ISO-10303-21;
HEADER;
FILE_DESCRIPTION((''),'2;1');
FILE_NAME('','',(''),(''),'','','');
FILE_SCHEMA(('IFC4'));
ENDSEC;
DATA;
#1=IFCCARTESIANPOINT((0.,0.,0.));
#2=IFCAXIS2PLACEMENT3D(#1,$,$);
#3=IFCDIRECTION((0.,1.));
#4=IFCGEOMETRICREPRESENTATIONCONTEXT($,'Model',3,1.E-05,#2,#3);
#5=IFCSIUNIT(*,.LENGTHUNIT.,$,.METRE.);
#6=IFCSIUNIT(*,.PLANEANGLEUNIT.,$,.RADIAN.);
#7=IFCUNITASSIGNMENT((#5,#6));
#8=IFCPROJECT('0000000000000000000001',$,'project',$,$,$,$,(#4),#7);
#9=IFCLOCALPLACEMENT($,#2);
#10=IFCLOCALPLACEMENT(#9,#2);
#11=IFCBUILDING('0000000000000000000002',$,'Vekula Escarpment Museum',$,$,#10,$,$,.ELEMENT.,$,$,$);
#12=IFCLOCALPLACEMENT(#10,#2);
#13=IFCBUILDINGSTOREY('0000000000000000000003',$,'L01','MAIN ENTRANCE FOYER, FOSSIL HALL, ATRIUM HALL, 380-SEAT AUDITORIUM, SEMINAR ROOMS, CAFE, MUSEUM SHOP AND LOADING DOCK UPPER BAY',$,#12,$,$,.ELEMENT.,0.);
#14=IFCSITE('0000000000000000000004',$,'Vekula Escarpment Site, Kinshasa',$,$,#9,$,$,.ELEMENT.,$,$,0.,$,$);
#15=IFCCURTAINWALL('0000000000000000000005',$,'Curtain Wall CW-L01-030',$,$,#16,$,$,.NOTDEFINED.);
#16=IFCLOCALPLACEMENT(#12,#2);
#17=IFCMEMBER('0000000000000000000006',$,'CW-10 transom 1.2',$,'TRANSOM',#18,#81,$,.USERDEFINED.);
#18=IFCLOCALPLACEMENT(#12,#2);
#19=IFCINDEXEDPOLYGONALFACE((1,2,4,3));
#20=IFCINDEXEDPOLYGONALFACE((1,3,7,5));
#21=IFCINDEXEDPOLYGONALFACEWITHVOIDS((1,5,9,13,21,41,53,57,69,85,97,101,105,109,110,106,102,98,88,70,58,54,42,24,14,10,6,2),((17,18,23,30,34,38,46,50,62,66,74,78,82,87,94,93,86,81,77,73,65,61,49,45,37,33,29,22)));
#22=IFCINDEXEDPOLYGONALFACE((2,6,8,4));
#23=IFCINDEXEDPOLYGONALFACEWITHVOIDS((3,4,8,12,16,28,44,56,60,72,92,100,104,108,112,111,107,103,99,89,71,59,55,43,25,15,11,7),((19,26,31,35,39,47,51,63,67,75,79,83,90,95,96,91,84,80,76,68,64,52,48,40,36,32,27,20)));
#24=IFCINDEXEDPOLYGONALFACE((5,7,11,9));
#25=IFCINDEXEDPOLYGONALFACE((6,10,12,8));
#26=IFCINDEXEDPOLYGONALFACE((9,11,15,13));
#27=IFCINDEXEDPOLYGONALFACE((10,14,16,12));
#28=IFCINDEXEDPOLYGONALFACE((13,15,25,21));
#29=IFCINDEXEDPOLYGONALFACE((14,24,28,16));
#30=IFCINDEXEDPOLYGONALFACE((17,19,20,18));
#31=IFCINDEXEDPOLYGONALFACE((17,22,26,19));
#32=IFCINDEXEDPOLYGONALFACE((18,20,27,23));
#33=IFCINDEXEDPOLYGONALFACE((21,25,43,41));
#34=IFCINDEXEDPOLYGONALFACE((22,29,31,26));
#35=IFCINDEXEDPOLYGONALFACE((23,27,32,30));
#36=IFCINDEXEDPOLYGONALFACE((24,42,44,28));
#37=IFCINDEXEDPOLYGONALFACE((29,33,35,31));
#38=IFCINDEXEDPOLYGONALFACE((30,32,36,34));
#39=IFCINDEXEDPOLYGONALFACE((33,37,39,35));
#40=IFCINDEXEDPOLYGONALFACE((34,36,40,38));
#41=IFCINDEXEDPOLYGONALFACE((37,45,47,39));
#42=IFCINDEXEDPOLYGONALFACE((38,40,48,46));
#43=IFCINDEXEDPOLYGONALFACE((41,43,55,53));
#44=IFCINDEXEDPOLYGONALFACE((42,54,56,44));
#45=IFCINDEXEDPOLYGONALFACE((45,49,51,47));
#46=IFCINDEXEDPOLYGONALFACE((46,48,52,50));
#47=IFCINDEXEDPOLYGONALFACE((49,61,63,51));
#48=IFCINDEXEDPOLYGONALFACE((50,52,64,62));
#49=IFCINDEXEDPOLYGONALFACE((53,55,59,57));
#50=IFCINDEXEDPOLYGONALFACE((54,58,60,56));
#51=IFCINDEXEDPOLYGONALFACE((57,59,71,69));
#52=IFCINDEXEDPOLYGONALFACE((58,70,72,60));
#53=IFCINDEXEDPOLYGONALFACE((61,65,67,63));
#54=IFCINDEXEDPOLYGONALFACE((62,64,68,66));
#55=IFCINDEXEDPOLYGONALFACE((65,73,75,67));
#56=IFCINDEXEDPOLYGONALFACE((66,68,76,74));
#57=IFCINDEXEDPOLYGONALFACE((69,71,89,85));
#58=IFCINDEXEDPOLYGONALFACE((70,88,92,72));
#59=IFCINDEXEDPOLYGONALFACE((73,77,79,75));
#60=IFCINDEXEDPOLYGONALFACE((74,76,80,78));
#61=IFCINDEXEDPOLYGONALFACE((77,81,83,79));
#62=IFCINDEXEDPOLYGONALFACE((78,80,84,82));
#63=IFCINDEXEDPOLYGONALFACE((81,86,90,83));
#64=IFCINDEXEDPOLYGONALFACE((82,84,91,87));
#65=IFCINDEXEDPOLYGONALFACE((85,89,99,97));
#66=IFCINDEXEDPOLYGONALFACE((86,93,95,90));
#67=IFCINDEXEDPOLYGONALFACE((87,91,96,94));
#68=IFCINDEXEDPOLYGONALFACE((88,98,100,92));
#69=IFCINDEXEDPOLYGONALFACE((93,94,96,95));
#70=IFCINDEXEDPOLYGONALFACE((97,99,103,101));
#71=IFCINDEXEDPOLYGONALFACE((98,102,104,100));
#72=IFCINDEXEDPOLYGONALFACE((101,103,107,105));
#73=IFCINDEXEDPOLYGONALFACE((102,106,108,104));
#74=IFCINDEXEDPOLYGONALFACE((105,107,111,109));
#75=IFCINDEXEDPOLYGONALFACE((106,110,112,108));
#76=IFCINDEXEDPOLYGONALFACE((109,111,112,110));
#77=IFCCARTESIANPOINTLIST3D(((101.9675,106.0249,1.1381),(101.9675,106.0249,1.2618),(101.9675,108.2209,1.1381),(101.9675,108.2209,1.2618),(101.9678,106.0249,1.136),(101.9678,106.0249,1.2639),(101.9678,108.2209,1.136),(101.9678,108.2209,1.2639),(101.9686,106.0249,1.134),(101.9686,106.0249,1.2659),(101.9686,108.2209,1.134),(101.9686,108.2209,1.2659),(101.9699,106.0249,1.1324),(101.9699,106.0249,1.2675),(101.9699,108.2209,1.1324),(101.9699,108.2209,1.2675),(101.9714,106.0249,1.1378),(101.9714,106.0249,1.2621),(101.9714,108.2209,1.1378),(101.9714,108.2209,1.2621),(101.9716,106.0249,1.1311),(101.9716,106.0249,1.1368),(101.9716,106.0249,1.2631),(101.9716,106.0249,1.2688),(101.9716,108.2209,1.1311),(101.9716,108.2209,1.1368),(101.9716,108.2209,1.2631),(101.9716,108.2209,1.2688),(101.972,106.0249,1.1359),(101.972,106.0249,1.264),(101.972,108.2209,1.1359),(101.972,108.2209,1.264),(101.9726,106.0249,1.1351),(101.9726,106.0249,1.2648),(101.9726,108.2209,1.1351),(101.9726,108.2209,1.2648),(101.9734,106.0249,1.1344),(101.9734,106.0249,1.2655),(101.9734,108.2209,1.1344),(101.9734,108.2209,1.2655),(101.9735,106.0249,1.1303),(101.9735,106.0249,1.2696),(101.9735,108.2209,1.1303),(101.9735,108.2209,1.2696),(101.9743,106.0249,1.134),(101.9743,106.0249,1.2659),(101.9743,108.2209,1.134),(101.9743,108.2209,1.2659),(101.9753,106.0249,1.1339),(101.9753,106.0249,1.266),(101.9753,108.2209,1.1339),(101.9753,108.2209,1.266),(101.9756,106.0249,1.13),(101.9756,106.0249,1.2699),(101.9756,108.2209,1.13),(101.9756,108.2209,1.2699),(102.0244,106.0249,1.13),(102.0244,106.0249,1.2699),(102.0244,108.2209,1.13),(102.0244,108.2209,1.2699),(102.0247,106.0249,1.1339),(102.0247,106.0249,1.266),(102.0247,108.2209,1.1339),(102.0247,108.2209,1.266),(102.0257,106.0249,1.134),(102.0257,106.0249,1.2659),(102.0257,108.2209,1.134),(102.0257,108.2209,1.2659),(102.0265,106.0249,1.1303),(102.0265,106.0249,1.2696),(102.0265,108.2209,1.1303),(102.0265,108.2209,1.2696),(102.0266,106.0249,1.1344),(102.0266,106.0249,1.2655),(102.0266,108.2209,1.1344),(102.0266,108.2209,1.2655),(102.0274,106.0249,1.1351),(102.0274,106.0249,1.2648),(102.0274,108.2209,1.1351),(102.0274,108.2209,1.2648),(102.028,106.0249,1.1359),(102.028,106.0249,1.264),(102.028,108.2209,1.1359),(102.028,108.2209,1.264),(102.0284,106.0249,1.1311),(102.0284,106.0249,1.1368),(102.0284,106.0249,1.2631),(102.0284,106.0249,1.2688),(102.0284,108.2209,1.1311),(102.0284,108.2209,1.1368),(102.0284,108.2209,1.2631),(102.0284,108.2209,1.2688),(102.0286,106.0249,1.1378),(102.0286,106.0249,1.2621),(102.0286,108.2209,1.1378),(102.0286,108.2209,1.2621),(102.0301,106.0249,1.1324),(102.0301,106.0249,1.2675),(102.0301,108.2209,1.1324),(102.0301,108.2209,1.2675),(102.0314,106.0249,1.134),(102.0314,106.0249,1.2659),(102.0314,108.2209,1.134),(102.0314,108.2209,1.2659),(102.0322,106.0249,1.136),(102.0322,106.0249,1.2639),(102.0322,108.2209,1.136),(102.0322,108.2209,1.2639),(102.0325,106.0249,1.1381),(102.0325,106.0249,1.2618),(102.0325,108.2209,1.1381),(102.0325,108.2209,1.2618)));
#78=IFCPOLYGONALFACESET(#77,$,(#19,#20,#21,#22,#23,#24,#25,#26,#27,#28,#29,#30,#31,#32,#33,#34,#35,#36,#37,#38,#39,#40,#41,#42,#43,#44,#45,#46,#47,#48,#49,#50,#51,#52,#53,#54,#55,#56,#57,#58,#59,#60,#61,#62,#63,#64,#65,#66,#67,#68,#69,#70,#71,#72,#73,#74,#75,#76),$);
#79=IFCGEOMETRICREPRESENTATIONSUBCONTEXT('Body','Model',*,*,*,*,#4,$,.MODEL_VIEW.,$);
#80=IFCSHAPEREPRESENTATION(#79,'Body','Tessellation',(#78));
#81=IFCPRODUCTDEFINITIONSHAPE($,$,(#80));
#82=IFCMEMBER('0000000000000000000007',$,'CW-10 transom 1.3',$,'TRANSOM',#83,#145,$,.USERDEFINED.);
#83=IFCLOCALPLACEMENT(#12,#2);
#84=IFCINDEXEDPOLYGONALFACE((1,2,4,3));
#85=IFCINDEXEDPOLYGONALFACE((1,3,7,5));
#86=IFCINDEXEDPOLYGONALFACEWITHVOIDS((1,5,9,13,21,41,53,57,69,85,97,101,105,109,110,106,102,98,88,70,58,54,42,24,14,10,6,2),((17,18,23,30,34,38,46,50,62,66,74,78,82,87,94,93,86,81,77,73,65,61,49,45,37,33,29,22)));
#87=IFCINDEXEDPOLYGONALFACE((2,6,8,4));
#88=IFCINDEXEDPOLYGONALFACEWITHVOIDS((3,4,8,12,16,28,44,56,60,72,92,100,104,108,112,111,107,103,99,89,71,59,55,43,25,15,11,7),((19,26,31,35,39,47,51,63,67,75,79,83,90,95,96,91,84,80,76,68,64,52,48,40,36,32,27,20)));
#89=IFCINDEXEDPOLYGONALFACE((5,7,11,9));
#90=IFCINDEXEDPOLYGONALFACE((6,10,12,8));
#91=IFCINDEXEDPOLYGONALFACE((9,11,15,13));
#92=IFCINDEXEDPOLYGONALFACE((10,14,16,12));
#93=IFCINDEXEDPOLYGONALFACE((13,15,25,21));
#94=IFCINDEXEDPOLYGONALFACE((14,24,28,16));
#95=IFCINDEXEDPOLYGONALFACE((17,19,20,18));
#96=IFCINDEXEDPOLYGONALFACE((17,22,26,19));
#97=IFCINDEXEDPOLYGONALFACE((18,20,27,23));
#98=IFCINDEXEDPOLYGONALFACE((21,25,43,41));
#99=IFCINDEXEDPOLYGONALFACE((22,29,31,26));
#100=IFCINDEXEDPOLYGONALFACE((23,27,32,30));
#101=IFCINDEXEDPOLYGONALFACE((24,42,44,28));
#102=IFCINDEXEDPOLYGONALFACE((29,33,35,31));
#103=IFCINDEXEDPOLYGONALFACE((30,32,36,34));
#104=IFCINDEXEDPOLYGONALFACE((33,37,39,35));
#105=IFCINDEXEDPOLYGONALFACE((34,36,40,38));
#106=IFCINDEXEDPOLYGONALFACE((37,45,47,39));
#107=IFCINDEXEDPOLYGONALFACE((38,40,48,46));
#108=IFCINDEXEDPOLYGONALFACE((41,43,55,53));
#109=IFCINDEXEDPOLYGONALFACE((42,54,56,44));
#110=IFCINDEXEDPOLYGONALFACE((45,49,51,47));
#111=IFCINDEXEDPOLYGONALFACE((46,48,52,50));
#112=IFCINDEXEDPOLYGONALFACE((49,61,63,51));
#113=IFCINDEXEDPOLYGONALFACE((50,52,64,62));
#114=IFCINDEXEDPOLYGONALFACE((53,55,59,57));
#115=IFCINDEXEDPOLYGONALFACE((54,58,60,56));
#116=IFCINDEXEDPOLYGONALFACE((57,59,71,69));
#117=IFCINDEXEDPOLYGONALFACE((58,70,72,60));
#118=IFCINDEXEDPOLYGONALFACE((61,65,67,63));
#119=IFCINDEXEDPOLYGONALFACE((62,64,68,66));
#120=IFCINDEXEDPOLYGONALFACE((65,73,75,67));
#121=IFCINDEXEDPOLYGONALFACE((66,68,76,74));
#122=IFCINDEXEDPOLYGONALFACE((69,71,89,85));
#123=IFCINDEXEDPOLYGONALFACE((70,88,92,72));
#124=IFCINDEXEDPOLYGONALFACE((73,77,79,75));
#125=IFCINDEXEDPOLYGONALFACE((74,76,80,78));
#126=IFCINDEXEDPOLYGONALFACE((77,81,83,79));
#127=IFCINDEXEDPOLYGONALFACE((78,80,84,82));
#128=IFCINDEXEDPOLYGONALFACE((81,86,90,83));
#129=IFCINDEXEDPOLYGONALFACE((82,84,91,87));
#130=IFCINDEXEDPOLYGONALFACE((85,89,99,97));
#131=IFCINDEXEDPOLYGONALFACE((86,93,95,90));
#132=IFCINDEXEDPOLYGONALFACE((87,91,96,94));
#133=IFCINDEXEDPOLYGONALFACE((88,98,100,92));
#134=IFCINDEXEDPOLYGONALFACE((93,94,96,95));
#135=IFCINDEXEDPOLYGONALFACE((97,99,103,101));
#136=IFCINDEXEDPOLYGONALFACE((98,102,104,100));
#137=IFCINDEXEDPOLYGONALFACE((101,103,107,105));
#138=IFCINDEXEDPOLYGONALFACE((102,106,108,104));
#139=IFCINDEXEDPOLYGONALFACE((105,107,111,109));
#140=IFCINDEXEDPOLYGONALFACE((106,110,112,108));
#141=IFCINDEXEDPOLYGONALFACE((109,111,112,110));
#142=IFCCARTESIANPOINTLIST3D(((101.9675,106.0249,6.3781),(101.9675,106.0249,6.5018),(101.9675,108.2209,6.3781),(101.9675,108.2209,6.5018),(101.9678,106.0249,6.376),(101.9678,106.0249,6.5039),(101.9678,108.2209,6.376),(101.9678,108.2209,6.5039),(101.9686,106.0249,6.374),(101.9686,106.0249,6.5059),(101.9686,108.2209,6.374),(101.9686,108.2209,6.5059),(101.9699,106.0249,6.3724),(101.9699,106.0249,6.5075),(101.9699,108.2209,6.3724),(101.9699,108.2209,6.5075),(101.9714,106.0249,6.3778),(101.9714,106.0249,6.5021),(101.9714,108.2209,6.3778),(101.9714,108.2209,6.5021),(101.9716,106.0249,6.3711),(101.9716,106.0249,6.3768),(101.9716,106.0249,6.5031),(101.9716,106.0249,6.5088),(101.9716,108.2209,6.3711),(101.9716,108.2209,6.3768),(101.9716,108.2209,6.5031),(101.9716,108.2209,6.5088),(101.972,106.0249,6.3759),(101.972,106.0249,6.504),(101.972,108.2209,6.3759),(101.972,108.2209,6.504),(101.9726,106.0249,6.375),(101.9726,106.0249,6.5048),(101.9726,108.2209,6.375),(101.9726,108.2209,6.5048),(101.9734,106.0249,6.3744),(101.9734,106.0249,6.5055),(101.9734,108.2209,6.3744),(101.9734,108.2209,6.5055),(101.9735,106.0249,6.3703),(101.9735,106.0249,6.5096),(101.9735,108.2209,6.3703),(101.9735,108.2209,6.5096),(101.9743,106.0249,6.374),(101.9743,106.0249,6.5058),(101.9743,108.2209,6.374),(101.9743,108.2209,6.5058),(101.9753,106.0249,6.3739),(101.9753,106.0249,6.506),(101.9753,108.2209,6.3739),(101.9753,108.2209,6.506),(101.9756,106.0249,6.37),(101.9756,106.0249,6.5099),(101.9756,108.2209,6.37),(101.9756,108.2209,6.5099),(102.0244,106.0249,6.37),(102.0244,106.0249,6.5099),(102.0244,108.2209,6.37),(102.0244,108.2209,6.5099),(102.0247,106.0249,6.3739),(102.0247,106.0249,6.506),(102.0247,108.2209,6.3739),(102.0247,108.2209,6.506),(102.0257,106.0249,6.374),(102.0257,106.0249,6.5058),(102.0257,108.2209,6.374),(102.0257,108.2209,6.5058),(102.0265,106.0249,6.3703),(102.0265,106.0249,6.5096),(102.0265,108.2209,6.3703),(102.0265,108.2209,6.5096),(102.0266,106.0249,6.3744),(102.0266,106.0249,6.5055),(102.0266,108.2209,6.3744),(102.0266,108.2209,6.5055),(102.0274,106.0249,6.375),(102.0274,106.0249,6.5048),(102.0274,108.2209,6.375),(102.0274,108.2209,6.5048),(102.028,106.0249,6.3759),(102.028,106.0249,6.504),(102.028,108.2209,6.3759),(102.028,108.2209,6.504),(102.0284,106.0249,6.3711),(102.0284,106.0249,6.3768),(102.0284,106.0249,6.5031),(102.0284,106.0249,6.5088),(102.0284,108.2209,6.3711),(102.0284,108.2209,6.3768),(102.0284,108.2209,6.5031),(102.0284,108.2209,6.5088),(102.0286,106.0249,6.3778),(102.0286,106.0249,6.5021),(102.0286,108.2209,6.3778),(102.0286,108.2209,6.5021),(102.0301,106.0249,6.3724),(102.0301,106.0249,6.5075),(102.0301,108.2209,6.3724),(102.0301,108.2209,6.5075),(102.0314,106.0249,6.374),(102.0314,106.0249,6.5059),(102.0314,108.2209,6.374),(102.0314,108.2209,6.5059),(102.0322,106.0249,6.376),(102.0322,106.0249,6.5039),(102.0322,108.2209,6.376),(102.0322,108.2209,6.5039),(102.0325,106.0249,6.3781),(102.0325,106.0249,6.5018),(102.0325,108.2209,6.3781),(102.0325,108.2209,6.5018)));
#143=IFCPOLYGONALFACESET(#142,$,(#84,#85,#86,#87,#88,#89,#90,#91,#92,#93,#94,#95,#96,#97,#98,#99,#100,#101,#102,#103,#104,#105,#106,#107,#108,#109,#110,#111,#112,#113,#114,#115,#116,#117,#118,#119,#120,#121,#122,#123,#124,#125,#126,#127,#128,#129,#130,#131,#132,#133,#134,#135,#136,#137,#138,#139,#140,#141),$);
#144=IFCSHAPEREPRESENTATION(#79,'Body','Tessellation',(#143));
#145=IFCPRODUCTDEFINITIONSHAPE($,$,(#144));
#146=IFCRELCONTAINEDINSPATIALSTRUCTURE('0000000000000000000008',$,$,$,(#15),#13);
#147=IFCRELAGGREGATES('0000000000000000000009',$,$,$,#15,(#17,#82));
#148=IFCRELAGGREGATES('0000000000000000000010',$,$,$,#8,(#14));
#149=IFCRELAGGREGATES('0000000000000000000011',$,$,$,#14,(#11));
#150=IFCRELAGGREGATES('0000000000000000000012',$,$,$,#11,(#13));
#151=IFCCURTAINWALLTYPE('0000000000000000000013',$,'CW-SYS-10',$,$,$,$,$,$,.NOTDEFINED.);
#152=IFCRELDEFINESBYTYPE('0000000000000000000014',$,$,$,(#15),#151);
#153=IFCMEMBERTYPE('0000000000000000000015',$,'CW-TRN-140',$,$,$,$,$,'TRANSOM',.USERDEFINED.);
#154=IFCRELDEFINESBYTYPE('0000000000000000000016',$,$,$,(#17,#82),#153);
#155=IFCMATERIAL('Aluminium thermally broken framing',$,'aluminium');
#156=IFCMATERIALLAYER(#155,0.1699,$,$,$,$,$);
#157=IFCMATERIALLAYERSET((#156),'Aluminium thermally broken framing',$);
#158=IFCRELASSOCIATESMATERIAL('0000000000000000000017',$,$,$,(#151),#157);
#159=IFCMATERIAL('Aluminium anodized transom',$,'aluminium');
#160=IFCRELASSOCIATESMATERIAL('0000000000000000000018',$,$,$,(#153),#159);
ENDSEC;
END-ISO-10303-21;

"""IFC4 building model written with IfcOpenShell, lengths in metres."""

from ifc_helpers import new_model, si_unit, direction, frame, origin, origin_2d, place, context, subcontext, project, spatial, hollow_rectangle, extrude, material, layer, layer_set, material_profile, profile_set, type_object, element, aggregate, save


model = new_model("IFC4")

# Units and contexts
model_context = context("Model", 3, precision=1e-05, world=origin(), true_north=direction((0.0, 1.0)))
body_context = subcontext(model_context, "Body", "Model", "MODEL_VIEW")
ifc_project = project(units=[si_unit("LENGTHUNIT", "METRE"), si_unit("PLANEANGLEUNIT", "RADIAN")], contexts=[model_context])

# Site, building, storey
site_placement = place(None, origin())
site = spatial("IfcSite", under=ifc_project, at=site_placement, Name="Vekula Escarpment Site, Kinshasa", CompositionType="ELEMENT", RefElevation=0.0)
building_placement = place(site_placement, origin())
building = spatial("IfcBuilding", under=site, at=building_placement, Name="Vekula Escarpment Museum", CompositionType="ELEMENT")
storey_placement = place(building_placement, origin())
storey = spatial("IfcBuildingStorey", under=building, at=storey_placement, Name="L01", Description="MAIN ENTRANCE FOYER, FOSSIL HALL, ATRIUM HALL, 380-SEAT AUDITORIUM, SEMINAR ROOMS, CAFE, MUSEUM SHOP AND LOADING DOCK UPPER BAY", CompositionType="ELEMENT", Elevation=0.0)

# Curtain wall
ifc_material_1 = material(Name="Aluminium thermally broken framing", Category="aluminium")
ifc_layer_1 = layer(ifc_material_1, 0.1699)
ifc_layer_set_1 = layer_set([ifc_layer_1], Name="Aluminium thermally broken framing")
curtain_wall_type_1 = type_object("IfcCurtainWallType", Name="CW-SYS-10", PredefinedType="NOTDEFINED", material=ifc_layer_set_1)
curtain_wall_1_placement = place(storey_placement, origin())
curtain_wall_1 = element("IfcCurtainWall", 1, at=curtain_wall_1_placement, inside=storey, type_object=curtain_wall_type_1, Name="Curtain Wall CW-L01-030", PredefinedType="NOTDEFINED")

# Members
ifc_material_2 = material(Name="Aluminium anodized transom", Category="aluminium")
ifc_material_profile_1 = material_profile(ifc_material_2, hollow_rectangle(XDim=0.0649, YDim=0.1399, WallThickness=0.0039, InnerFilletRadius=0.0039, OuterFilletRadius=0.0081, at=origin_2d()), Name="ALU 140x65x4")
ifc_profile_set_1 = profile_set([ifc_material_profile_1], Name="Aluminium anodized transom")
member_type_1 = type_object("IfcMemberType", Name="CW-TRN-140", ElementType="TRANSOM", PredefinedType="USERDEFINED", material=ifc_profile_set_1)
member_1_placement = place(storey_placement, frame((102.0, 106.0249, 1.2), z_axis=(0.0, 1.0, 0.0), x_axis=(-1.0, 0.0, 0.0)))
member_1 = element("IfcMember", 2, at=member_1_placement, type_object=member_type_1, Name="CW-10 transom 1.2", ObjectType="TRANSOM", PredefinedType="USERDEFINED", context=body_context, shape_type="SweptSolid", body=[
    extrude(hollow_rectangle(XDim=0.0649, YDim=0.1399, WallThickness=0.0039, InnerFilletRadius=0.0039, OuterFilletRadius=0.0081, at=origin_2d()), origin(), (0.0, 0.0, 1.0), 2.196),
])
member_2_placement = place(storey_placement, frame((102.0, 106.0249, 6.4399), z_axis=(0.0, 1.0, 0.0), x_axis=(-1.0, 0.0, 0.0)))
member_2 = element("IfcMember", 3, at=member_2_placement, type_object=member_type_1, Name="CW-10 transom 1.3", ObjectType="TRANSOM", PredefinedType="USERDEFINED", context=body_context, shape_type="SweptSolid", body=[
    extrude(hollow_rectangle(XDim=0.0649, YDim=0.1399, WallThickness=0.0039, InnerFilletRadius=0.0039, OuterFilletRadius=0.0081, at=origin_2d()), origin(), (0.0, 0.0, 1.0), 2.196),
])

aggregate(curtain_wall_1, [member_1, member_2])

save(model, "model.ifc")
